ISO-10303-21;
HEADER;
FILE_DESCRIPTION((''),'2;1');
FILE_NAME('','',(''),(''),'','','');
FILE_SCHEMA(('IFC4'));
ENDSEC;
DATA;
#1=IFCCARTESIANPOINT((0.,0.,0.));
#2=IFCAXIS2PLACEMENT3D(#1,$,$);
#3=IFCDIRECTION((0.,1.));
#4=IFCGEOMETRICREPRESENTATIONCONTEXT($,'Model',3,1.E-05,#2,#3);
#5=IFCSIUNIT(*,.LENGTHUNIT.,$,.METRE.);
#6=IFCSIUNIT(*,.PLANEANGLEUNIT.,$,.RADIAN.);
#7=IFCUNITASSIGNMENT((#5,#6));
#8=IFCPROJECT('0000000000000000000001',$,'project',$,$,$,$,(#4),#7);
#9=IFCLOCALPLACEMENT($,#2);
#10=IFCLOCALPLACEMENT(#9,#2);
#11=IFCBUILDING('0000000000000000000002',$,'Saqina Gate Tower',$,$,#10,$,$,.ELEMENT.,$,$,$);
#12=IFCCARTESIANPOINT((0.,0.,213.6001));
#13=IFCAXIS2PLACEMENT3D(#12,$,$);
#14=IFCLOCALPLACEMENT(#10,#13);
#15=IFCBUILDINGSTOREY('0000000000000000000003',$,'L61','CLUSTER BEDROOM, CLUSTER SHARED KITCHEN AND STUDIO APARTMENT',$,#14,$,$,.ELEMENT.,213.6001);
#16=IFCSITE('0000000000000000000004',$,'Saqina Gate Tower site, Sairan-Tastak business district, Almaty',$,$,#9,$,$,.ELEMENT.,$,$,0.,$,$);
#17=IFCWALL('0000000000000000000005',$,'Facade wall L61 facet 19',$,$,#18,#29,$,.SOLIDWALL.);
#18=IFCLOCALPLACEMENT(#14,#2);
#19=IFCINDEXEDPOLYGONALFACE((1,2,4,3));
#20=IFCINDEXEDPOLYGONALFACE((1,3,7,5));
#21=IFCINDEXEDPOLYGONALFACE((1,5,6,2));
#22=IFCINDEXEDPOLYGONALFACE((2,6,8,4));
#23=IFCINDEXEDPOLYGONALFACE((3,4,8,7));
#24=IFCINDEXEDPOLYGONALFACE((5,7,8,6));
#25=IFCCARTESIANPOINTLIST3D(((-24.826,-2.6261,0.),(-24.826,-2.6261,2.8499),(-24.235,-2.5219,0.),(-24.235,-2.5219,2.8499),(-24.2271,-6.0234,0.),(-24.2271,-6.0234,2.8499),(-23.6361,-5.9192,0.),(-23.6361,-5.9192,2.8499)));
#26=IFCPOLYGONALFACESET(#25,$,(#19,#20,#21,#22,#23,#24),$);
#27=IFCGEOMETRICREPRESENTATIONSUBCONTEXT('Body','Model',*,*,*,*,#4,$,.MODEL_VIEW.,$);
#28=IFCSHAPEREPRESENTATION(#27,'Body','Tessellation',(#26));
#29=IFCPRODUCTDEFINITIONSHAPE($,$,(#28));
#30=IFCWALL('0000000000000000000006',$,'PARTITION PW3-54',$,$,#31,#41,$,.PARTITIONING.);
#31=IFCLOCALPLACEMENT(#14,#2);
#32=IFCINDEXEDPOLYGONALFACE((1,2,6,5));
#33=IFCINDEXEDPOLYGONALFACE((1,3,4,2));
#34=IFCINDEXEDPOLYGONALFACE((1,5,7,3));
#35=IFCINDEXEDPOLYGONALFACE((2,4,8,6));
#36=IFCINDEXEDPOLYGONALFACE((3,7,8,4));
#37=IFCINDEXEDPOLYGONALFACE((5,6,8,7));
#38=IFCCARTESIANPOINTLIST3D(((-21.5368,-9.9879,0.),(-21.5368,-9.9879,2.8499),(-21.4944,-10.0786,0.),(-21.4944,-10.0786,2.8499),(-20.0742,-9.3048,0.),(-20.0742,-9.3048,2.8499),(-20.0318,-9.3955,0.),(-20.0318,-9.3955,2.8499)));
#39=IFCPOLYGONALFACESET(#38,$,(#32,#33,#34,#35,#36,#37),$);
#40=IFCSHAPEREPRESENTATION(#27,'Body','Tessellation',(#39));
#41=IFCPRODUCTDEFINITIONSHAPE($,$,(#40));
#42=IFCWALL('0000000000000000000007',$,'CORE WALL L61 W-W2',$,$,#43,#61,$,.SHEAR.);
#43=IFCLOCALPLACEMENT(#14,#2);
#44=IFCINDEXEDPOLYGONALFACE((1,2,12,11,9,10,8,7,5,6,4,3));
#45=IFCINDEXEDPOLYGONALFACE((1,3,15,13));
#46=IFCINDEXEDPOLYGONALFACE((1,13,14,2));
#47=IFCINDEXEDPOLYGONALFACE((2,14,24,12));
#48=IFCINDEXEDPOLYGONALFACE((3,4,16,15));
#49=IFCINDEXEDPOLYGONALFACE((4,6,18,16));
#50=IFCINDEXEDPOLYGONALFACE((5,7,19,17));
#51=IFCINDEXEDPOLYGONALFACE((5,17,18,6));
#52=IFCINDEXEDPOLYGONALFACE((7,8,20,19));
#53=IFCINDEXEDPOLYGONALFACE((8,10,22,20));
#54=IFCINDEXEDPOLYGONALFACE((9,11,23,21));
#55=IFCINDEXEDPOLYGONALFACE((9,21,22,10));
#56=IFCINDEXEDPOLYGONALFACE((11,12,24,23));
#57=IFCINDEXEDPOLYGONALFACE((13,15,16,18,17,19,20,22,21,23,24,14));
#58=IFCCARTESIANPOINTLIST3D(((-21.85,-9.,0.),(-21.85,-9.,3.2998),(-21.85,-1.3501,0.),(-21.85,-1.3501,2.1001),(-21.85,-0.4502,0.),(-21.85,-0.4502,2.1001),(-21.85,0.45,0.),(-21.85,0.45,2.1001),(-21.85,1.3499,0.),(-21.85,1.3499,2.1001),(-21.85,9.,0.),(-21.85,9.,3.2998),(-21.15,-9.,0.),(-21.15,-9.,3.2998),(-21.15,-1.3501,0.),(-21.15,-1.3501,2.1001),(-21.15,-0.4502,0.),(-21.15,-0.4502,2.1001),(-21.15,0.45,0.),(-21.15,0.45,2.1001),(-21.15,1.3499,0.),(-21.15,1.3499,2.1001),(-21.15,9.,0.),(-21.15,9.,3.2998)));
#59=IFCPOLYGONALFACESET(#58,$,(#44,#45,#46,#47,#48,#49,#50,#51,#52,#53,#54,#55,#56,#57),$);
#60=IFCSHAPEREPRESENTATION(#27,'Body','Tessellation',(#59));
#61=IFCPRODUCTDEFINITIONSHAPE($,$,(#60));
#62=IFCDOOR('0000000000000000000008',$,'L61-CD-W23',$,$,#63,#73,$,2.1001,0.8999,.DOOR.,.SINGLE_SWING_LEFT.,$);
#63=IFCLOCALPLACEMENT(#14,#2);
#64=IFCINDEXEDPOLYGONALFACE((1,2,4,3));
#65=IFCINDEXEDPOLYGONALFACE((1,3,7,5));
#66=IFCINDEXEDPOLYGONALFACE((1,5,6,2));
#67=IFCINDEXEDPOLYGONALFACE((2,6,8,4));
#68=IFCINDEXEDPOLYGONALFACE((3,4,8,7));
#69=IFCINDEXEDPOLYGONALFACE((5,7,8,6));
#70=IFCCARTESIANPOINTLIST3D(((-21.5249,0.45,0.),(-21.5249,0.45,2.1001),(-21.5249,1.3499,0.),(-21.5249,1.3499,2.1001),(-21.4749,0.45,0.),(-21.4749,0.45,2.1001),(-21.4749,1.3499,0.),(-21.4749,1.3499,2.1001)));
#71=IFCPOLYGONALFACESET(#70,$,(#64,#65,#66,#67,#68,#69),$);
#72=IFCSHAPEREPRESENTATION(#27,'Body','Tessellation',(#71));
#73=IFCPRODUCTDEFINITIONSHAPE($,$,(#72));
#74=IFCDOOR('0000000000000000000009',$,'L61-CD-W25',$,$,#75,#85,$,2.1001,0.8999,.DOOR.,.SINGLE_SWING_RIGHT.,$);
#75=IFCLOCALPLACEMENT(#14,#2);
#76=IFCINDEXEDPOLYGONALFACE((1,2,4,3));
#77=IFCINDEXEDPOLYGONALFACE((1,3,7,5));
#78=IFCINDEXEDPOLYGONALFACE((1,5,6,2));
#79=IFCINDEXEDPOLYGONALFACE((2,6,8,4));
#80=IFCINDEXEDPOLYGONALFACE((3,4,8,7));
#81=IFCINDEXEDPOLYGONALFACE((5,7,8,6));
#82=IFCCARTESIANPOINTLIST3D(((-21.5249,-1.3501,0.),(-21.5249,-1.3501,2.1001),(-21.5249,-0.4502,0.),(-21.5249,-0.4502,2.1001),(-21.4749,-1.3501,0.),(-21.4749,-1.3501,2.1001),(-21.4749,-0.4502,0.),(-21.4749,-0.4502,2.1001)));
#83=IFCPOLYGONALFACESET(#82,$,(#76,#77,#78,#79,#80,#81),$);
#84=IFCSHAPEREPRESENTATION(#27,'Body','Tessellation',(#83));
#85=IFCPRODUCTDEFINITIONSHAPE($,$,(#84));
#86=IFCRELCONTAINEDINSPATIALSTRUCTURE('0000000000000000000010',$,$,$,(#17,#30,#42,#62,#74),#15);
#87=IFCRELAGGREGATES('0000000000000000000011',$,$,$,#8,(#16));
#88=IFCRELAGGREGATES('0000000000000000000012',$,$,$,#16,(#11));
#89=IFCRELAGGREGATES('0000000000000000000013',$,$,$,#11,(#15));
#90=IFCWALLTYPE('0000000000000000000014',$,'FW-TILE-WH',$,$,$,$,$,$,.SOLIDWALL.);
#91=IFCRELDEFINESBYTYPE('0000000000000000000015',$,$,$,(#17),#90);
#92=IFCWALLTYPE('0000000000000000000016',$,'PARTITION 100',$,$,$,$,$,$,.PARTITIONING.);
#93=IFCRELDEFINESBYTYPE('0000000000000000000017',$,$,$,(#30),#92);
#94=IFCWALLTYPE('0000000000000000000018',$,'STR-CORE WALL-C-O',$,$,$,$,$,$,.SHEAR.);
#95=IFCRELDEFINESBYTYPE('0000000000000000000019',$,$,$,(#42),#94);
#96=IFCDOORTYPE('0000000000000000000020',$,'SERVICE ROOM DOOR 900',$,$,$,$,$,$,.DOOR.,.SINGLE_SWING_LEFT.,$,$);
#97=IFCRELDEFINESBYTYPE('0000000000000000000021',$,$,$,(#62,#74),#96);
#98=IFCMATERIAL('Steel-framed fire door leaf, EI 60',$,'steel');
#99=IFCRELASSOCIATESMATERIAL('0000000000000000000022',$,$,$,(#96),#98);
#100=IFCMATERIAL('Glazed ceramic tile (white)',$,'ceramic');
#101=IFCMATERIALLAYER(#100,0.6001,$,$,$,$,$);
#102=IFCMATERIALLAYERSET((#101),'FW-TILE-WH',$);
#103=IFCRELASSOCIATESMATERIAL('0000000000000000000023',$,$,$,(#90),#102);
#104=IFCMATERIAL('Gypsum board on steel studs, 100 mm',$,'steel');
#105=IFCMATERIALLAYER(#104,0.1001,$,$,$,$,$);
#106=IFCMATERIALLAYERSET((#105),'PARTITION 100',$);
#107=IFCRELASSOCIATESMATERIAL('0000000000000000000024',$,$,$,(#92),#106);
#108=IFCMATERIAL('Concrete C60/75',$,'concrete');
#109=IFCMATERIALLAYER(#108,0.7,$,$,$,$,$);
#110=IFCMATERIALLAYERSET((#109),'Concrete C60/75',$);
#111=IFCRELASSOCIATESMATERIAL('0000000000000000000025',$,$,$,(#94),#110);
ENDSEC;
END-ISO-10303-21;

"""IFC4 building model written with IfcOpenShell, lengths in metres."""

from ifc_helpers import new_model, si_unit, direction, frame, frame_2d, origin, place, context, subcontext, project, spatial, rectangle, extrude, material, layer, layer_set, type_object, element, fill, save


model = new_model("IFC4")

# Units and contexts
model_context = context("Model", 3, precision=1e-05, world=origin(), true_north=direction((0.0, 1.0)))
body_context = subcontext(model_context, "Body", "Model", "MODEL_VIEW")
ifc_project = project(units=[si_unit("LENGTHUNIT", "METRE"), si_unit("PLANEANGLEUNIT", "RADIAN")], contexts=[model_context])

# Site, building, storey
site_placement = place(None, origin())
site = spatial("IfcSite", under=ifc_project, at=site_placement, Name="Saqina Gate Tower site, Sairan-Tastak business district, Almaty", CompositionType="ELEMENT", RefElevation=0.0)
building_placement = place(site_placement, origin())
building = spatial("IfcBuilding", under=site, at=building_placement, Name="Saqina Gate Tower", CompositionType="ELEMENT")
storey_placement = place(building_placement, frame((0.0, 0.0, 213.6001)))
storey = spatial("IfcBuildingStorey", under=building, at=storey_placement, Name="L61", Description="CLUSTER BEDROOM, CLUSTER SHARED KITCHEN AND STUDIO APARTMENT", CompositionType="ELEMENT", Elevation=213.6001)

# Shared definitions
ifc_material_1 = material(Name="Steel-framed fire door leaf, EI 60", Category="steel")
door_type_1 = type_object("IfcDoorType", Name="SERVICE ROOM DOOR 900", OperationType="SINGLE_SWING_LEFT", PredefinedType="DOOR", material=ifc_material_1)

# Walls
ifc_material_2 = material(Name="Glazed ceramic tile (white)", Category="ceramic")
ifc_layer_1 = layer(ifc_material_2, 0.6001)
ifc_layer_set_1 = layer_set([ifc_layer_1], Name="FW-TILE-WH")
wall_type_1 = type_object("IfcWallType", Name="FW-TILE-WH", PredefinedType="SOLIDWALL", material=ifc_layer_set_1)
wall_1_placement = place(storey_placement, frame((-24.5305, -2.574, 0.0), z_axis=(0.0, 0.0, 1.0), x_axis=(0.173608, -0.984815, 0.0)))
element("IfcWall", 1, at=wall_1_placement, inside=storey, type_object=wall_type_1, Name="Facade wall L61 facet 19", PredefinedType="SOLIDWALL", context=body_context, shape_type="SweptSolid", body=[
    extrude(rectangle(XDim=3.4497, YDim=0.6001, at=frame_2d((1.7249, 0.0))), origin(), (0.0, 0.0, 1.0), 2.8499),
])
ifc_material_3 = material(Name="Gypsum board on steel studs, 100 mm", Category="steel")
ifc_layer_2 = layer(ifc_material_3, 0.1001)
ifc_layer_set_2 = layer_set([ifc_layer_2], Name="PARTITION 100")
wall_type_2 = type_object("IfcWallType", Name="PARTITION 100", PredefinedType="PARTITIONING", material=ifc_layer_set_2)
wall_2_placement = place(storey_placement, frame((-21.5156, -10.0332, 0.0), z_axis=(0.0, 0.0, 1.0), x_axis=(0.906056, 0.423159, 0.0)))
element("IfcWall", 2, at=wall_2_placement, inside=storey, type_object=wall_type_2, Name="PARTITION PW3-54", PredefinedType="PARTITIONING", context=body_context, shape_type="SweptSolid", body=[
    extrude(rectangle(XDim=1.6143, YDim=0.1001, at=frame_2d((0.8071, 0.0))), origin(), (0.0, 0.0, 1.0), 2.8499),
])

# Wall, openings, doors
ifc_material_4 = material(Name="Concrete C60/75", Category="concrete")
ifc_layer_3 = layer(ifc_material_4, 0.7)
ifc_layer_set_3 = layer_set([ifc_layer_3], Name="Concrete C60/75")
wall_type_3 = type_object("IfcWallType", Name="STR-CORE WALL-C-O", PredefinedType="SHEAR", material=ifc_layer_set_3)
wall_3_placement = place(storey_placement, frame((-21.5, -9.0, 0.0), z_axis=(0.0, 0.0, 1.0), x_axis=(0.0, 1.0, 0.0)))
wall_3 = element("IfcWall", 3, at=wall_3_placement, inside=storey, type_object=wall_type_3, Name="CORE WALL L61 W-W2", PredefinedType="SHEAR", context=body_context, shape_type="SweptSolid", body=[
    extrude(rectangle(XDim=18.0, YDim=0.7, at=frame_2d((9.0, 0.0))), origin(), (0.0, 0.0, 1.0), 3.2998),
])
opening_1_placement = place(wall_3_placement, frame((9.45, 0.0, 0.0)))
opening_1 = element("IfcOpeningElement", 4, at=opening_1_placement, cuts=wall_3, PredefinedType="OPENING", context=body_context, shape_type="SweptSolid", body=[
    extrude(rectangle(XDim=0.8999, YDim=2.1001, at=frame_2d((0.45, 1.05))), frame((0.0, 0.3621, 0.0), z_axis=(0.0, -1.0, 0.0), x_axis=(1.0, 0.0, 0.0)), (0.0, 0.0, 1.0), 0.7239),
])
opening_2_placement = place(wall_3_placement, frame((7.6499, 0.0, 0.0)))
opening_2 = element("IfcOpeningElement", 5, at=opening_2_placement, cuts=wall_3, PredefinedType="OPENING", context=body_context, shape_type="SweptSolid", body=[
    extrude(rectangle(XDim=0.8999, YDim=2.1001, at=frame_2d((0.45, 1.05))), frame((0.0, 0.3621, 0.0), z_axis=(0.0, -1.0, 0.0), x_axis=(1.0, 0.0, 0.0)), (0.0, 0.0, 1.0), 0.7239),
])
door_1_placement = place(opening_1_placement, origin())
door_1 = element("IfcDoor", 6, at=door_1_placement, inside=storey, type_object=door_type_1, Name="L61-CD-W23", OperationType="SINGLE_SWING_LEFT", OverallHeight=2.1001, OverallWidth=0.8999, PredefinedType="DOOR", context=body_context, shape_type="SweptSolid", body=[
    extrude(rectangle(XDim=0.8999, YDim=2.1001, at=frame_2d((0.45, 1.05))), frame((0.0, 0.0249, 0.0), z_axis=(0.0, -1.0, 0.0), x_axis=(1.0, 0.0, 0.0)), (0.0, 0.0, 1.0), 0.05),
])
fill(opening_1, door_1)
door_2_placement = place(opening_2_placement, origin())
door_2 = element("IfcDoor", 7, at=door_2_placement, inside=storey, type_object=door_type_1, Name="L61-CD-W25", OperationType="SINGLE_SWING_RIGHT", OverallHeight=2.1001, OverallWidth=0.8999, PredefinedType="DOOR", context=body_context, shape_type="SweptSolid", body=[
    extrude(rectangle(XDim=0.8999, YDim=2.1001, at=frame_2d((0.45, 1.05))), frame((0.0, 0.0249, 0.0), z_axis=(0.0, -1.0, 0.0), x_axis=(1.0, 0.0, 0.0)), (0.0, 0.0, 1.0), 0.05),
])
fill(opening_2, door_2)

save(model, "model.ifc")
